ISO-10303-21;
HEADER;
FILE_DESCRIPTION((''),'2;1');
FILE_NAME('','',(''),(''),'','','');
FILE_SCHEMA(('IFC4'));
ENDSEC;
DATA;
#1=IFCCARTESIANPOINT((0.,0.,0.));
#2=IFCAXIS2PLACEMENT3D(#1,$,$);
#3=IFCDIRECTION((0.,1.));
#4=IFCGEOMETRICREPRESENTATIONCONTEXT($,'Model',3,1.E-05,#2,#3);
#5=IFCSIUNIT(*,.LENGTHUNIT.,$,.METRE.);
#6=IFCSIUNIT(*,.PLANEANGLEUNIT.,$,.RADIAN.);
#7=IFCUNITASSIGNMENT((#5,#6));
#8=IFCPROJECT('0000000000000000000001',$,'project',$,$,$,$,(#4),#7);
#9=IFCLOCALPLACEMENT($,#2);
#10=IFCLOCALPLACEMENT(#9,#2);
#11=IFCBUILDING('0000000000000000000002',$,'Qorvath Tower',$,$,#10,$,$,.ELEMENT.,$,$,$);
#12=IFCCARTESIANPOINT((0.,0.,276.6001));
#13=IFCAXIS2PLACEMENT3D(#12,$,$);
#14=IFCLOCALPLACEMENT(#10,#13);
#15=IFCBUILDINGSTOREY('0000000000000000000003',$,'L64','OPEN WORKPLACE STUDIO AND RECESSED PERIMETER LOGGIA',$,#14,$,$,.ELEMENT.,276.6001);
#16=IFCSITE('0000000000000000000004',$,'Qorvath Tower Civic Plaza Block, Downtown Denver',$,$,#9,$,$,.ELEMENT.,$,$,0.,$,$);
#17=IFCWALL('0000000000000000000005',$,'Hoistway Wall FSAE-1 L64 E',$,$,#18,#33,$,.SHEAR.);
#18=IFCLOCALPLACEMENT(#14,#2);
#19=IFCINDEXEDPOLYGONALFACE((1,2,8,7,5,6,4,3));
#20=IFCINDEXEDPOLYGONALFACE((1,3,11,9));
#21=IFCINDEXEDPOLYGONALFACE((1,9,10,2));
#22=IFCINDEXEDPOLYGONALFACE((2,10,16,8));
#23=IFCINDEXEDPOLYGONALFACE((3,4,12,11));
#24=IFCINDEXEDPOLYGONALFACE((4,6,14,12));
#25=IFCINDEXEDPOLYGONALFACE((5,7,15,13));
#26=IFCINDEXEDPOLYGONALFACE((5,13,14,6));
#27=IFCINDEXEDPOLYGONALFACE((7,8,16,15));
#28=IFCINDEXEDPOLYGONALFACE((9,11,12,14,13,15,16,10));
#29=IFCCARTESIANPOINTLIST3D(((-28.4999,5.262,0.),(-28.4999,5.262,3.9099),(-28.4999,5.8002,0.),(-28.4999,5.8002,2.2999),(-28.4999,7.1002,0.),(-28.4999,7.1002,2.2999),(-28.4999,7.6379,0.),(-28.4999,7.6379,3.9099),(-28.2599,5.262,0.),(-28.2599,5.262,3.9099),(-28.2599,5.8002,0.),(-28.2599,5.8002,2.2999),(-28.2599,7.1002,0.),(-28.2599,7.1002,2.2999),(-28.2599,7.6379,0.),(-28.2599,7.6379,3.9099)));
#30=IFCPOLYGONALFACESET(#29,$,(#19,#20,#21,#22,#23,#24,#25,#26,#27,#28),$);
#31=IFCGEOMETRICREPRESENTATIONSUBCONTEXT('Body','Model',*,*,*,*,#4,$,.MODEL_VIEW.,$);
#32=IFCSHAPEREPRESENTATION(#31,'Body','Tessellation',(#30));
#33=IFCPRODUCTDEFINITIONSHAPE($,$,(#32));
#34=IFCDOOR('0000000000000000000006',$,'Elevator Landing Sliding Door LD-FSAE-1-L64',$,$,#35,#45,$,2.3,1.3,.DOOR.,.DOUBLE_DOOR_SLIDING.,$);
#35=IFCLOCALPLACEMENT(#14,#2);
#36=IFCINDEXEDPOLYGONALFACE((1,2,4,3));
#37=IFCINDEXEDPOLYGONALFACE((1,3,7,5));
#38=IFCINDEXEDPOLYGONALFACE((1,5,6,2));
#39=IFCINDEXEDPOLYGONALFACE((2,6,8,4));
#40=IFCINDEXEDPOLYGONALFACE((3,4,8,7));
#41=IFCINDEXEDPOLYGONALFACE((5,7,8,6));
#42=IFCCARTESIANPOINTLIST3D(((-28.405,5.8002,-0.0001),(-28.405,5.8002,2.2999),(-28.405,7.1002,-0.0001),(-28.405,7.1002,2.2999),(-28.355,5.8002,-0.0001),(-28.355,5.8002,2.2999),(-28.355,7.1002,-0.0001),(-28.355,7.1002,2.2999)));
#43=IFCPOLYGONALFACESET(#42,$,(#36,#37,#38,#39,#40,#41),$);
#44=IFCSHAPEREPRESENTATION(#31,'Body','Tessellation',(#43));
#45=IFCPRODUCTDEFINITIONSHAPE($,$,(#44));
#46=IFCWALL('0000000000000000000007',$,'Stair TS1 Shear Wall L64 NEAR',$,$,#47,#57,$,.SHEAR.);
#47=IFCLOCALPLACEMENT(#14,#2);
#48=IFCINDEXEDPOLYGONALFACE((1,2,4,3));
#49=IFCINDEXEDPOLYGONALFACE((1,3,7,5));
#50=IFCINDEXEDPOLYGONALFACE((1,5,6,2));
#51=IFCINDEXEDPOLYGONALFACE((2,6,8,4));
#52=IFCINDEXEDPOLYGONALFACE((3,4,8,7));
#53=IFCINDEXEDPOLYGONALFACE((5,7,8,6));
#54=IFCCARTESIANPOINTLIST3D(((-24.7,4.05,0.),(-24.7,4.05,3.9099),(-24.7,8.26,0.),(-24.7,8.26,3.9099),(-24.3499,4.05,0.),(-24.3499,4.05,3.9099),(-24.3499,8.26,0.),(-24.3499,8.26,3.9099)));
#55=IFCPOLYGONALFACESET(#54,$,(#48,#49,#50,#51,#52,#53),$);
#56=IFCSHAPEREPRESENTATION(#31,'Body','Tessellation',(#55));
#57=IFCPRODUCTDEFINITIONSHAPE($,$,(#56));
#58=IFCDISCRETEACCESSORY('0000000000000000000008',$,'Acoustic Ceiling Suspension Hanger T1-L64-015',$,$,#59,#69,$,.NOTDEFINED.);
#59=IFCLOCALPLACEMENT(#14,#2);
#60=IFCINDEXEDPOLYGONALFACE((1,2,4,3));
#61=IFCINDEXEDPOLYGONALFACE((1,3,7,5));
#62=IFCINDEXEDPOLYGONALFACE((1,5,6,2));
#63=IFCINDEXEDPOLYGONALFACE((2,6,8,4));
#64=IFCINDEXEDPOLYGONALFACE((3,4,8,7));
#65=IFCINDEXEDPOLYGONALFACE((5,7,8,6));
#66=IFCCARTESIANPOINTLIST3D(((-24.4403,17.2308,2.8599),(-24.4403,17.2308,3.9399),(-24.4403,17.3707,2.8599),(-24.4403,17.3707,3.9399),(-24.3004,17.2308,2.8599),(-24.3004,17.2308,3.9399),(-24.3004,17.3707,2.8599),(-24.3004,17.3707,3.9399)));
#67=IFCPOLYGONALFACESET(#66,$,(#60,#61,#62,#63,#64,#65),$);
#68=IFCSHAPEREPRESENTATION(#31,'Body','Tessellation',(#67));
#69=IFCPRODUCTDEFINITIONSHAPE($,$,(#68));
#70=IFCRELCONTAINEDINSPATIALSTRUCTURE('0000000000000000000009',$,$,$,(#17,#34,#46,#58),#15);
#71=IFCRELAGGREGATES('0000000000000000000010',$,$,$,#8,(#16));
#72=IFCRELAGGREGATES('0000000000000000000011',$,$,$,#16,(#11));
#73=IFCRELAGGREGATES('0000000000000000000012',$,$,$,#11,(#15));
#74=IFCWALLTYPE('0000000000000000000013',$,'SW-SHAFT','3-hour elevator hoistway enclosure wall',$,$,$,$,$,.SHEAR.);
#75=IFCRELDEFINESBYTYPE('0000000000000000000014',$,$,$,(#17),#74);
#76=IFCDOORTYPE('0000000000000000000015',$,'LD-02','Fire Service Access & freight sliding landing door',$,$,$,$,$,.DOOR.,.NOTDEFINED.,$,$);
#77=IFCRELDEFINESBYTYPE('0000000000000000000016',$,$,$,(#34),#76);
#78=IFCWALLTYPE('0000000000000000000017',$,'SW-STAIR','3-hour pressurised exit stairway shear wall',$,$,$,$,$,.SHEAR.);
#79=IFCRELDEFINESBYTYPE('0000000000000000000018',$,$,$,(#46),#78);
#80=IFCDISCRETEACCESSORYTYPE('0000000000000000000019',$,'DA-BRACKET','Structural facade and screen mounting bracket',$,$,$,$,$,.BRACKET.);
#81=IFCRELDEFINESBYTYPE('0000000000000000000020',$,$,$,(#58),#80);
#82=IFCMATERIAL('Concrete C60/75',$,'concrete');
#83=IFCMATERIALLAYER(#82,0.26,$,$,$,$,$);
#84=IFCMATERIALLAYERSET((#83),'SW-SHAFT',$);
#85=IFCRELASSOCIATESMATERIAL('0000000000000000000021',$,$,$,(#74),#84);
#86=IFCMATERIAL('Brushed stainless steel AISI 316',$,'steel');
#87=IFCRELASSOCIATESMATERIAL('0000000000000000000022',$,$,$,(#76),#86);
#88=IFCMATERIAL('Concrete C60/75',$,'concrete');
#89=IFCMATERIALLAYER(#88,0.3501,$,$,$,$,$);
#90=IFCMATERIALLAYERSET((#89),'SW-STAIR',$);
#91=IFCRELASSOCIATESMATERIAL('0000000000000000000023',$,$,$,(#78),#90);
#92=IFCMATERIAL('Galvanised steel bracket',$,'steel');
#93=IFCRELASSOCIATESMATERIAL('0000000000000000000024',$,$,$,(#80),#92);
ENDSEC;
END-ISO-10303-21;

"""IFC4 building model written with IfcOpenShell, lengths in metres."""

from ifc_helpers import new_model, si_unit, direction, frame, frame_2d, origin, origin_2d, place, context, subcontext, project, spatial, rectangle, extrude, material, layer, layer_set, type_object, element, fill, save


model = new_model("IFC4")

# Units and contexts
model_context = context("Model", 3, precision=1e-05, world=origin(), true_north=direction((0.0, 1.0)))
body_context = subcontext(model_context, "Body", "Model", "MODEL_VIEW")
ifc_project = project(units=[si_unit("LENGTHUNIT", "METRE"), si_unit("PLANEANGLEUNIT", "RADIAN")], contexts=[model_context])

# Site, building, storey
site_placement = place(None, origin())
site = spatial("IfcSite", under=ifc_project, at=site_placement, Name="Qorvath Tower Civic Plaza Block, Downtown Denver", CompositionType="ELEMENT", RefElevation=0.0)
building_placement = place(site_placement, origin())
building = spatial("IfcBuilding", under=site, at=building_placement, Name="Qorvath Tower", CompositionType="ELEMENT")
storey_placement = place(building_placement, frame((0.0, 0.0, 276.6001)))
storey = spatial("IfcBuildingStorey", under=building, at=storey_placement, Name="L64", Description="OPEN WORKPLACE STUDIO AND RECESSED PERIMETER LOGGIA", CompositionType="ELEMENT", Elevation=276.6001)

# Wall, opening, door
ifc_material_1 = material(Name="Concrete C60/75", Category="concrete")
ifc_layer_1 = layer(ifc_material_1, 0.26)
ifc_layer_set_1 = layer_set([ifc_layer_1], Name="SW-SHAFT")
wall_type_1 = type_object("IfcWallType", Name="SW-SHAFT", Description="3-hour elevator hoistway enclosure wall", PredefinedType="SHEAR", material=ifc_layer_set_1)
wall_1_placement = place(storey_placement, frame((-28.3799, 7.6379, 0.0), z_axis=(0.0, 0.0, 1.0), x_axis=(0.0, -1.0, 0.0)))
wall_1 = element("IfcWall", 1, at=wall_1_placement, inside=storey, type_object=wall_type_1, Name="Hoistway Wall FSAE-1 L64 E", PredefinedType="SHEAR", context=body_context, shape_type="SweptSolid", body=[
    extrude(rectangle(XDim=2.376, YDim=0.24, at=frame_2d((1.188, 0.0))), origin(), (0.0, 0.0, 1.0), 3.9099),
])
opening_1_placement = place(wall_1_placement, frame((0.5378, 0.0, 0.0)))
opening_1 = element("IfcOpeningElement", 2, at=opening_1_placement, cuts=wall_1, PredefinedType="OPENING", context=body_context, shape_type="SweptSolid", body=[
    extrude(rectangle(XDim=1.3, YDim=2.3, at=frame_2d((0.6499, 1.1499))), frame((0.0, 0.1299, 0.0), z_axis=(0.0, -1.0, 0.0), x_axis=(1.0, 0.0, 0.0)), (0.0, 0.0, 1.0), 0.26),
])
ifc_material_2 = material(Name="Brushed stainless steel AISI 316", Category="steel")
door_type_1 = type_object("IfcDoorType", Name="LD-02", Description="Fire Service Access & freight sliding landing door", OperationType="NOTDEFINED", PredefinedType="DOOR", material=ifc_material_2)
door_1_placement = place(opening_1_placement, origin())
door_1 = element("IfcDoor", 3, at=door_1_placement, inside=storey, type_object=door_type_1, Name="Elevator Landing Sliding Door LD-FSAE-1-L64", OperationType="DOUBLE_DOOR_SLIDING", OverallHeight=2.3, OverallWidth=1.3, PredefinedType="DOOR", context=body_context, shape_type="SweptSolid", body=[
    extrude(rectangle(XDim=1.3, YDim=2.3, at=frame_2d((0.6499, 1.1499))), frame((0.0, 0.0249, 0.0), z_axis=(0.0, -1.0, 0.0), x_axis=(1.0, 0.0, 0.0)), (0.0, 0.0, 1.0), 0.05),
])
fill(opening_1, door_1)

# Wall
ifc_material_3 = material(Name="Concrete C60/75", Category="concrete")
ifc_layer_2 = layer(ifc_material_3, 0.3501)
ifc_layer_set_2 = layer_set([ifc_layer_2], Name="SW-STAIR")
wall_type_2 = type_object("IfcWallType", Name="SW-STAIR", Description="3-hour pressurised exit stairway shear wall", PredefinedType="SHEAR", material=ifc_layer_set_2)
wall_2_placement = place(storey_placement, frame((-24.5249, 8.26, 0.0), z_axis=(0.0, 0.0, 1.0), x_axis=(0.0, -1.0, 0.0)))
element("IfcWall", 4, at=wall_2_placement, inside=storey, type_object=wall_type_2, Name="Stair TS1 Shear Wall L64 NEAR", PredefinedType="SHEAR", context=body_context, shape_type="SweptSolid", body=[
    extrude(rectangle(XDim=4.21, YDim=0.3501, at=frame_2d((2.105, 0.0))), origin(), (0.0, 0.0, 1.0), 3.9099),
])

# Discrete accessory
ifc_material_4 = material(Name="Galvanised steel bracket", Category="steel")
discrete_accessory_type = type_object("IfcDiscreteAccessoryType", Name="DA-BRACKET", Description="Structural facade and screen mounting bracket", PredefinedType="BRACKET", material=ifc_material_4)
discrete_accessory_placement = place(storey_placement, frame((-24.3704, 17.3008, 2.8599), z_axis=(0.0, 0.0, 1.0), x_axis=(1.0, 0.0, 0.0)))
element("IfcDiscreteAccessory", 5, at=discrete_accessory_placement, inside=storey, type_object=discrete_accessory_type, Name="Acoustic Ceiling Suspension Hanger T1-L64-015", PredefinedType="NOTDEFINED", context=body_context, shape_type="SweptSolid", body=[
    extrude(rectangle(XDim=0.1399, YDim=0.1399, at=origin_2d()), origin(), (0.0, 0.0, 1.0), 1.0801),
])

save(model, "model.ifc")
